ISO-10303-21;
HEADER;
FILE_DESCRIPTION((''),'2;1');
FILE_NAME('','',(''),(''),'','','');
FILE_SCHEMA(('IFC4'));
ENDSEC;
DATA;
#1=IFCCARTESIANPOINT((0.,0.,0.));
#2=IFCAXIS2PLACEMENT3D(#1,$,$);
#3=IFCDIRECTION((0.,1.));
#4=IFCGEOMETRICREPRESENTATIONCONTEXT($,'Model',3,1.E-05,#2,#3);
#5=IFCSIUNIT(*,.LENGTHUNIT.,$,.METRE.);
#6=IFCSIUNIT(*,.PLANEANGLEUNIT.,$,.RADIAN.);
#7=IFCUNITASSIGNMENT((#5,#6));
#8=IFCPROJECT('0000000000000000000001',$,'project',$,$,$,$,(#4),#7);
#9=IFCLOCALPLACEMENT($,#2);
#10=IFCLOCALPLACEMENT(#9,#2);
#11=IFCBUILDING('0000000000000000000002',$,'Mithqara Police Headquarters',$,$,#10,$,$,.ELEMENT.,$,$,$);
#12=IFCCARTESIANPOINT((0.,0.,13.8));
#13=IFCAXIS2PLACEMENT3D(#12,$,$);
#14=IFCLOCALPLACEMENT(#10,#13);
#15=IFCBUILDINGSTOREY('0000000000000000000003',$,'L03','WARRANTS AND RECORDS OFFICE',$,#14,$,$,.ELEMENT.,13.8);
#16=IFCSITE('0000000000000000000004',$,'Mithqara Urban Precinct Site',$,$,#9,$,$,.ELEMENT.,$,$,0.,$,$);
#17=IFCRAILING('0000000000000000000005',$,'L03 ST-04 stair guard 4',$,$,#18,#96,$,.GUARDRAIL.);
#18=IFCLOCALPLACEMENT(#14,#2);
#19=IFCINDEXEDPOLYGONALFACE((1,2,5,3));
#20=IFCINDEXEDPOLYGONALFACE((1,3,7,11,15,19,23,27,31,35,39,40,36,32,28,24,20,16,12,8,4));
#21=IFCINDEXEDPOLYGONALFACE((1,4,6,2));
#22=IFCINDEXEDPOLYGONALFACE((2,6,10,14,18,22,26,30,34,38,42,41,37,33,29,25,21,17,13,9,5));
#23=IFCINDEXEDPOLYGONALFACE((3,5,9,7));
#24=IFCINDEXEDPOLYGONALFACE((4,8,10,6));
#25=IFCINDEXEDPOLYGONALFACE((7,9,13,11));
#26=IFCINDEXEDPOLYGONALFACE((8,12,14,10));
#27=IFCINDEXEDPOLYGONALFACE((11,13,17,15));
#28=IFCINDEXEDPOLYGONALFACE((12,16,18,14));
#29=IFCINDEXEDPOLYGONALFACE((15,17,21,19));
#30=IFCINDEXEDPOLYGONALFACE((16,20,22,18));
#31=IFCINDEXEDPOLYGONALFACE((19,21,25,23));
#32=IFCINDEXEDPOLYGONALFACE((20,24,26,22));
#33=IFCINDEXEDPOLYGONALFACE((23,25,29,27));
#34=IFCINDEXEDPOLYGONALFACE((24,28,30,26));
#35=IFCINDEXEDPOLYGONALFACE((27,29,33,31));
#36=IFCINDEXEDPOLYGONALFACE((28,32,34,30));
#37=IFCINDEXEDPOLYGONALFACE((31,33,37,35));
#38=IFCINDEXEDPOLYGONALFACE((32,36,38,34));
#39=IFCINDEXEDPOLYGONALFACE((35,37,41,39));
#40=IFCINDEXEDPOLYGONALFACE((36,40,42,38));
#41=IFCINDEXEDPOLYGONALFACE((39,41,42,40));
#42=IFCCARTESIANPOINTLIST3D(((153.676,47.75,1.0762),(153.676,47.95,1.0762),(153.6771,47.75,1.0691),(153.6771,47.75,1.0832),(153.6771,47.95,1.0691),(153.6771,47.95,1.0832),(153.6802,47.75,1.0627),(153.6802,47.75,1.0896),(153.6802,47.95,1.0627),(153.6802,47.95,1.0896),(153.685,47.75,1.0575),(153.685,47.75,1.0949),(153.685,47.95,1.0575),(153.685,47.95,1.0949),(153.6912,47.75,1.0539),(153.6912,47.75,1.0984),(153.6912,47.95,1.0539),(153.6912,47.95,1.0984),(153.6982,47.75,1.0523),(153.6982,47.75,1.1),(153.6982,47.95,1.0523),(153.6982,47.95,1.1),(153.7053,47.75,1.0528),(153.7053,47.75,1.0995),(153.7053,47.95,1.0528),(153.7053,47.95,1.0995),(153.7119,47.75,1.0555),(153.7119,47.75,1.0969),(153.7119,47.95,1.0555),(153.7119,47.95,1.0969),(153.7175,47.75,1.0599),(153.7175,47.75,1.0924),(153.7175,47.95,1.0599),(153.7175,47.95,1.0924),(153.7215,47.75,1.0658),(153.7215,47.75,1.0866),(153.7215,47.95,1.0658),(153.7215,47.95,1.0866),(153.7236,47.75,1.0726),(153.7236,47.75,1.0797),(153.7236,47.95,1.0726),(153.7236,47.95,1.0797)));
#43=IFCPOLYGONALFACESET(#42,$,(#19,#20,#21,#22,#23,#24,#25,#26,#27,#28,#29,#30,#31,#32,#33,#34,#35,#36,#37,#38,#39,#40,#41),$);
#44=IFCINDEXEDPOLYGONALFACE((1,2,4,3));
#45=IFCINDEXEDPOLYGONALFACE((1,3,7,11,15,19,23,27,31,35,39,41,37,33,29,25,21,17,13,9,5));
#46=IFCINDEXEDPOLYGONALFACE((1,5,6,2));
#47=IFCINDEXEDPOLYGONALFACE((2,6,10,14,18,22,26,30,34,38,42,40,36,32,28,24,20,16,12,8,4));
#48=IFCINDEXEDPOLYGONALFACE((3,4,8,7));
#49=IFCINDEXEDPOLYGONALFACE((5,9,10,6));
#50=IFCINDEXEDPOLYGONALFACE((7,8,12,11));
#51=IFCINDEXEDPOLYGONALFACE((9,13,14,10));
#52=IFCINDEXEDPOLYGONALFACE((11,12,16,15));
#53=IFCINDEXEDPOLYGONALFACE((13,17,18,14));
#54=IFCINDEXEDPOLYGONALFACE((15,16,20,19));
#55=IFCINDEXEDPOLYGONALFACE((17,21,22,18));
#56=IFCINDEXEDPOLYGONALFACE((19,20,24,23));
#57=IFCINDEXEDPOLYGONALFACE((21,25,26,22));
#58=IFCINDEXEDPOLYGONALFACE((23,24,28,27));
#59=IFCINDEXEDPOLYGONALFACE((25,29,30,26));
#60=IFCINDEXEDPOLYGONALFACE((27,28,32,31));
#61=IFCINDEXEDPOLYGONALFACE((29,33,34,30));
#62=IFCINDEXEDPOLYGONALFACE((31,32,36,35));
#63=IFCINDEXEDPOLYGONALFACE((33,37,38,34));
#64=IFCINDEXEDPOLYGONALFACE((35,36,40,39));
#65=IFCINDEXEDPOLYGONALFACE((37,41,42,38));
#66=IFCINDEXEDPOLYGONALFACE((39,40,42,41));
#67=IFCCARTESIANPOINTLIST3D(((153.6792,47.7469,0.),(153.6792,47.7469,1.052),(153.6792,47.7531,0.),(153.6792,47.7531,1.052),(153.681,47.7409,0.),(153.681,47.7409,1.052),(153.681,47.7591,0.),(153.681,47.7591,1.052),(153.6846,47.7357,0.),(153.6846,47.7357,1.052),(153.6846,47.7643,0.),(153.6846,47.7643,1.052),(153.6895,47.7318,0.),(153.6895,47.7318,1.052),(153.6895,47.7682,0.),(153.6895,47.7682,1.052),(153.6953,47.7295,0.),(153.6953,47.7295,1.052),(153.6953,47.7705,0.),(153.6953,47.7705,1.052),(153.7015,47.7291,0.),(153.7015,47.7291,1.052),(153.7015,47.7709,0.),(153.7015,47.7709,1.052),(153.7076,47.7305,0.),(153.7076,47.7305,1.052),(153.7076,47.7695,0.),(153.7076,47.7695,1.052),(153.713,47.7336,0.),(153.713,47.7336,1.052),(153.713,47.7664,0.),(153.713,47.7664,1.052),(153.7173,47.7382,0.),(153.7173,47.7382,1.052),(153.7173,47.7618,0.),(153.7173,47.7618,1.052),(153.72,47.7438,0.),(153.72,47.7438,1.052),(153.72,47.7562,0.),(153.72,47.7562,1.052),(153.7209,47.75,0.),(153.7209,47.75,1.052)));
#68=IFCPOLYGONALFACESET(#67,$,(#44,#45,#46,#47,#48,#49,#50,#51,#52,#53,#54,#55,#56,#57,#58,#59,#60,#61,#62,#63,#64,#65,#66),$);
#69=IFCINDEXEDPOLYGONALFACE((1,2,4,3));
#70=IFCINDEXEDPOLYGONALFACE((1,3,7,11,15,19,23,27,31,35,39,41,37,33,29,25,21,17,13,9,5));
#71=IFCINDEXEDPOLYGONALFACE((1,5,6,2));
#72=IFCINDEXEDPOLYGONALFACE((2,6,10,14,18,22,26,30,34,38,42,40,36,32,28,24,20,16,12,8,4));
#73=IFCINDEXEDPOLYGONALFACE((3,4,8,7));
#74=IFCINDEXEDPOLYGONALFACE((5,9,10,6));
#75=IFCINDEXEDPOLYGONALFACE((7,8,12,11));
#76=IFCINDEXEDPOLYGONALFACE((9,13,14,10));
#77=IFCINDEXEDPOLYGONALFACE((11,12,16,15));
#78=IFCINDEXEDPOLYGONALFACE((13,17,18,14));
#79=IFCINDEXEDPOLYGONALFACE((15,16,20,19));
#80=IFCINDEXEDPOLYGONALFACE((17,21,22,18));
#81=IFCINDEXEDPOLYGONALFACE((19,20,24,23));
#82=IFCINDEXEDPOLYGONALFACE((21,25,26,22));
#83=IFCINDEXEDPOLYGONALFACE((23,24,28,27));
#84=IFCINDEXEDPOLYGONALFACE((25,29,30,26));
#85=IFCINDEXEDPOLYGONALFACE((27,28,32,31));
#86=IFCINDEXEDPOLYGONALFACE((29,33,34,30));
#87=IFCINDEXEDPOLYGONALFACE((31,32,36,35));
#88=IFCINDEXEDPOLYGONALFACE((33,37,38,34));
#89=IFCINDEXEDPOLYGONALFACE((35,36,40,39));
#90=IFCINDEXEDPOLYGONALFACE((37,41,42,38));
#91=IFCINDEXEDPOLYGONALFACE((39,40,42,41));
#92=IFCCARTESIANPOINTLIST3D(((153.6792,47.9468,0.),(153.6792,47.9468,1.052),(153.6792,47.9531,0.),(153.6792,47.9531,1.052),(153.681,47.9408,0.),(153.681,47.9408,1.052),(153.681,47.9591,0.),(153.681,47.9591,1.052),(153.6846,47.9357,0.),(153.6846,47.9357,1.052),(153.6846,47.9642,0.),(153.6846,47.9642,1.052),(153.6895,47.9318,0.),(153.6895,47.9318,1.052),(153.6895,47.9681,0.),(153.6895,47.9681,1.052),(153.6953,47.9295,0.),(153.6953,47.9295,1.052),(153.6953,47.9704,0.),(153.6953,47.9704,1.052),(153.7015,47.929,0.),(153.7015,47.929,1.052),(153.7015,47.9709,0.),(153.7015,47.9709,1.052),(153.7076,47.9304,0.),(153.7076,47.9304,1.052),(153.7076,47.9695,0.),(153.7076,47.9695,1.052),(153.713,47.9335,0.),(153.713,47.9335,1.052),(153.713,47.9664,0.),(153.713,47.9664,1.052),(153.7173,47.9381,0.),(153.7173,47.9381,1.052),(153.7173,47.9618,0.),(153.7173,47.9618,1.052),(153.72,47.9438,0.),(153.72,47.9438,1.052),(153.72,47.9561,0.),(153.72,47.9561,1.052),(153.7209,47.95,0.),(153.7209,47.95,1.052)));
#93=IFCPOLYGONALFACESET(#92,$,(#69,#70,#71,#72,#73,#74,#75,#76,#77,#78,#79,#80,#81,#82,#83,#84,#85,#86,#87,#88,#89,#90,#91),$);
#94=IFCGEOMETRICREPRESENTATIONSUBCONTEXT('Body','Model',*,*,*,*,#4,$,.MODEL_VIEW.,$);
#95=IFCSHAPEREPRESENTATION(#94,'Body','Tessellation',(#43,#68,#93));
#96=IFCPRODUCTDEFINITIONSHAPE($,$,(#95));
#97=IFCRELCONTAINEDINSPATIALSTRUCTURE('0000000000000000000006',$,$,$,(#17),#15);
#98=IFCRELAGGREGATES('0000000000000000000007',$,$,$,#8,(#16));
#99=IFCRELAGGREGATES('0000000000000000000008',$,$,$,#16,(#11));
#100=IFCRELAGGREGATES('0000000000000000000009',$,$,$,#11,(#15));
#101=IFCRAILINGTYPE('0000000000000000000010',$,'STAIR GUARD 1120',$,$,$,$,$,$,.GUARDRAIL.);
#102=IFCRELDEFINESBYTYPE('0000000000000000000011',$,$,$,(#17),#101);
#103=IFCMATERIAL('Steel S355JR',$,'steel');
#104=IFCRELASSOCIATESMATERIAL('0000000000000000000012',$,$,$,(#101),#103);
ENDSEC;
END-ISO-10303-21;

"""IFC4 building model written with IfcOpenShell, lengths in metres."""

from ifc_helpers import new_model, si_unit, direction, frame, origin, origin_2d, place, context, subcontext, project, spatial, circle, extrude, material, type_object, element, save


model = new_model("IFC4")

# Units and contexts
model_context = context("Model", 3, precision=1e-05, world=origin(), true_north=direction((0.0, 1.0)))
body_context = subcontext(model_context, "Body", "Model", "MODEL_VIEW")
ifc_project = project(units=[si_unit("LENGTHUNIT", "METRE"), si_unit("PLANEANGLEUNIT", "RADIAN")], contexts=[model_context])

# Site, building, storey
site_placement = place(None, origin())
site = spatial("IfcSite", under=ifc_project, at=site_placement, Name="Mithqara Urban Precinct Site", CompositionType="ELEMENT", RefElevation=0.0)
building_placement = place(site_placement, origin())
building = spatial("IfcBuilding", under=site, at=building_placement, Name="Mithqara Police Headquarters", CompositionType="ELEMENT")
storey_placement = place(building_placement, frame((0.0, 0.0, 13.8)))
storey = spatial("IfcBuildingStorey", under=building, at=storey_placement, Name="L03", Description="WARRANTS AND RECORDS OFFICE", CompositionType="ELEMENT", Elevation=13.8)

# Shared definitions
ifc_material_1 = material(Name="Steel S355JR", Category="steel")

# Railing
railing_type_1 = type_object("IfcRailingType", Name="STAIR GUARD 1120", PredefinedType="GUARDRAIL", material=ifc_material_1)
railing_1_placement = place(storey_placement, frame((153.7, 47.75, 0.0)))
element("IfcRailing", 1, at=railing_1_placement, inside=storey, type_object=railing_type_1, Name="L03 ST-04 stair guard 4", PredefinedType="GUARDRAIL", context=body_context, shape_type="SweptSolid", body=[
    extrude(circle(Radius=0.0239, at=origin_2d()), frame((0.0, 0.0, 1.0762), z_axis=(0.0, 1.0, 0.0), x_axis=(-1.0, 0.0, 0.0)), (0.0, 0.0, 1.0), 0.2),
    extrude(circle(Radius=0.021, at=origin_2d()), origin(), (0.0, 0.0, 1.0), 1.052),
    extrude(circle(Radius=0.021, at=origin_2d()), frame((0.0, 0.2, 0.0)), (0.0, 0.0, 1.0), 1.052),
])

save(model, "model.ifc")
